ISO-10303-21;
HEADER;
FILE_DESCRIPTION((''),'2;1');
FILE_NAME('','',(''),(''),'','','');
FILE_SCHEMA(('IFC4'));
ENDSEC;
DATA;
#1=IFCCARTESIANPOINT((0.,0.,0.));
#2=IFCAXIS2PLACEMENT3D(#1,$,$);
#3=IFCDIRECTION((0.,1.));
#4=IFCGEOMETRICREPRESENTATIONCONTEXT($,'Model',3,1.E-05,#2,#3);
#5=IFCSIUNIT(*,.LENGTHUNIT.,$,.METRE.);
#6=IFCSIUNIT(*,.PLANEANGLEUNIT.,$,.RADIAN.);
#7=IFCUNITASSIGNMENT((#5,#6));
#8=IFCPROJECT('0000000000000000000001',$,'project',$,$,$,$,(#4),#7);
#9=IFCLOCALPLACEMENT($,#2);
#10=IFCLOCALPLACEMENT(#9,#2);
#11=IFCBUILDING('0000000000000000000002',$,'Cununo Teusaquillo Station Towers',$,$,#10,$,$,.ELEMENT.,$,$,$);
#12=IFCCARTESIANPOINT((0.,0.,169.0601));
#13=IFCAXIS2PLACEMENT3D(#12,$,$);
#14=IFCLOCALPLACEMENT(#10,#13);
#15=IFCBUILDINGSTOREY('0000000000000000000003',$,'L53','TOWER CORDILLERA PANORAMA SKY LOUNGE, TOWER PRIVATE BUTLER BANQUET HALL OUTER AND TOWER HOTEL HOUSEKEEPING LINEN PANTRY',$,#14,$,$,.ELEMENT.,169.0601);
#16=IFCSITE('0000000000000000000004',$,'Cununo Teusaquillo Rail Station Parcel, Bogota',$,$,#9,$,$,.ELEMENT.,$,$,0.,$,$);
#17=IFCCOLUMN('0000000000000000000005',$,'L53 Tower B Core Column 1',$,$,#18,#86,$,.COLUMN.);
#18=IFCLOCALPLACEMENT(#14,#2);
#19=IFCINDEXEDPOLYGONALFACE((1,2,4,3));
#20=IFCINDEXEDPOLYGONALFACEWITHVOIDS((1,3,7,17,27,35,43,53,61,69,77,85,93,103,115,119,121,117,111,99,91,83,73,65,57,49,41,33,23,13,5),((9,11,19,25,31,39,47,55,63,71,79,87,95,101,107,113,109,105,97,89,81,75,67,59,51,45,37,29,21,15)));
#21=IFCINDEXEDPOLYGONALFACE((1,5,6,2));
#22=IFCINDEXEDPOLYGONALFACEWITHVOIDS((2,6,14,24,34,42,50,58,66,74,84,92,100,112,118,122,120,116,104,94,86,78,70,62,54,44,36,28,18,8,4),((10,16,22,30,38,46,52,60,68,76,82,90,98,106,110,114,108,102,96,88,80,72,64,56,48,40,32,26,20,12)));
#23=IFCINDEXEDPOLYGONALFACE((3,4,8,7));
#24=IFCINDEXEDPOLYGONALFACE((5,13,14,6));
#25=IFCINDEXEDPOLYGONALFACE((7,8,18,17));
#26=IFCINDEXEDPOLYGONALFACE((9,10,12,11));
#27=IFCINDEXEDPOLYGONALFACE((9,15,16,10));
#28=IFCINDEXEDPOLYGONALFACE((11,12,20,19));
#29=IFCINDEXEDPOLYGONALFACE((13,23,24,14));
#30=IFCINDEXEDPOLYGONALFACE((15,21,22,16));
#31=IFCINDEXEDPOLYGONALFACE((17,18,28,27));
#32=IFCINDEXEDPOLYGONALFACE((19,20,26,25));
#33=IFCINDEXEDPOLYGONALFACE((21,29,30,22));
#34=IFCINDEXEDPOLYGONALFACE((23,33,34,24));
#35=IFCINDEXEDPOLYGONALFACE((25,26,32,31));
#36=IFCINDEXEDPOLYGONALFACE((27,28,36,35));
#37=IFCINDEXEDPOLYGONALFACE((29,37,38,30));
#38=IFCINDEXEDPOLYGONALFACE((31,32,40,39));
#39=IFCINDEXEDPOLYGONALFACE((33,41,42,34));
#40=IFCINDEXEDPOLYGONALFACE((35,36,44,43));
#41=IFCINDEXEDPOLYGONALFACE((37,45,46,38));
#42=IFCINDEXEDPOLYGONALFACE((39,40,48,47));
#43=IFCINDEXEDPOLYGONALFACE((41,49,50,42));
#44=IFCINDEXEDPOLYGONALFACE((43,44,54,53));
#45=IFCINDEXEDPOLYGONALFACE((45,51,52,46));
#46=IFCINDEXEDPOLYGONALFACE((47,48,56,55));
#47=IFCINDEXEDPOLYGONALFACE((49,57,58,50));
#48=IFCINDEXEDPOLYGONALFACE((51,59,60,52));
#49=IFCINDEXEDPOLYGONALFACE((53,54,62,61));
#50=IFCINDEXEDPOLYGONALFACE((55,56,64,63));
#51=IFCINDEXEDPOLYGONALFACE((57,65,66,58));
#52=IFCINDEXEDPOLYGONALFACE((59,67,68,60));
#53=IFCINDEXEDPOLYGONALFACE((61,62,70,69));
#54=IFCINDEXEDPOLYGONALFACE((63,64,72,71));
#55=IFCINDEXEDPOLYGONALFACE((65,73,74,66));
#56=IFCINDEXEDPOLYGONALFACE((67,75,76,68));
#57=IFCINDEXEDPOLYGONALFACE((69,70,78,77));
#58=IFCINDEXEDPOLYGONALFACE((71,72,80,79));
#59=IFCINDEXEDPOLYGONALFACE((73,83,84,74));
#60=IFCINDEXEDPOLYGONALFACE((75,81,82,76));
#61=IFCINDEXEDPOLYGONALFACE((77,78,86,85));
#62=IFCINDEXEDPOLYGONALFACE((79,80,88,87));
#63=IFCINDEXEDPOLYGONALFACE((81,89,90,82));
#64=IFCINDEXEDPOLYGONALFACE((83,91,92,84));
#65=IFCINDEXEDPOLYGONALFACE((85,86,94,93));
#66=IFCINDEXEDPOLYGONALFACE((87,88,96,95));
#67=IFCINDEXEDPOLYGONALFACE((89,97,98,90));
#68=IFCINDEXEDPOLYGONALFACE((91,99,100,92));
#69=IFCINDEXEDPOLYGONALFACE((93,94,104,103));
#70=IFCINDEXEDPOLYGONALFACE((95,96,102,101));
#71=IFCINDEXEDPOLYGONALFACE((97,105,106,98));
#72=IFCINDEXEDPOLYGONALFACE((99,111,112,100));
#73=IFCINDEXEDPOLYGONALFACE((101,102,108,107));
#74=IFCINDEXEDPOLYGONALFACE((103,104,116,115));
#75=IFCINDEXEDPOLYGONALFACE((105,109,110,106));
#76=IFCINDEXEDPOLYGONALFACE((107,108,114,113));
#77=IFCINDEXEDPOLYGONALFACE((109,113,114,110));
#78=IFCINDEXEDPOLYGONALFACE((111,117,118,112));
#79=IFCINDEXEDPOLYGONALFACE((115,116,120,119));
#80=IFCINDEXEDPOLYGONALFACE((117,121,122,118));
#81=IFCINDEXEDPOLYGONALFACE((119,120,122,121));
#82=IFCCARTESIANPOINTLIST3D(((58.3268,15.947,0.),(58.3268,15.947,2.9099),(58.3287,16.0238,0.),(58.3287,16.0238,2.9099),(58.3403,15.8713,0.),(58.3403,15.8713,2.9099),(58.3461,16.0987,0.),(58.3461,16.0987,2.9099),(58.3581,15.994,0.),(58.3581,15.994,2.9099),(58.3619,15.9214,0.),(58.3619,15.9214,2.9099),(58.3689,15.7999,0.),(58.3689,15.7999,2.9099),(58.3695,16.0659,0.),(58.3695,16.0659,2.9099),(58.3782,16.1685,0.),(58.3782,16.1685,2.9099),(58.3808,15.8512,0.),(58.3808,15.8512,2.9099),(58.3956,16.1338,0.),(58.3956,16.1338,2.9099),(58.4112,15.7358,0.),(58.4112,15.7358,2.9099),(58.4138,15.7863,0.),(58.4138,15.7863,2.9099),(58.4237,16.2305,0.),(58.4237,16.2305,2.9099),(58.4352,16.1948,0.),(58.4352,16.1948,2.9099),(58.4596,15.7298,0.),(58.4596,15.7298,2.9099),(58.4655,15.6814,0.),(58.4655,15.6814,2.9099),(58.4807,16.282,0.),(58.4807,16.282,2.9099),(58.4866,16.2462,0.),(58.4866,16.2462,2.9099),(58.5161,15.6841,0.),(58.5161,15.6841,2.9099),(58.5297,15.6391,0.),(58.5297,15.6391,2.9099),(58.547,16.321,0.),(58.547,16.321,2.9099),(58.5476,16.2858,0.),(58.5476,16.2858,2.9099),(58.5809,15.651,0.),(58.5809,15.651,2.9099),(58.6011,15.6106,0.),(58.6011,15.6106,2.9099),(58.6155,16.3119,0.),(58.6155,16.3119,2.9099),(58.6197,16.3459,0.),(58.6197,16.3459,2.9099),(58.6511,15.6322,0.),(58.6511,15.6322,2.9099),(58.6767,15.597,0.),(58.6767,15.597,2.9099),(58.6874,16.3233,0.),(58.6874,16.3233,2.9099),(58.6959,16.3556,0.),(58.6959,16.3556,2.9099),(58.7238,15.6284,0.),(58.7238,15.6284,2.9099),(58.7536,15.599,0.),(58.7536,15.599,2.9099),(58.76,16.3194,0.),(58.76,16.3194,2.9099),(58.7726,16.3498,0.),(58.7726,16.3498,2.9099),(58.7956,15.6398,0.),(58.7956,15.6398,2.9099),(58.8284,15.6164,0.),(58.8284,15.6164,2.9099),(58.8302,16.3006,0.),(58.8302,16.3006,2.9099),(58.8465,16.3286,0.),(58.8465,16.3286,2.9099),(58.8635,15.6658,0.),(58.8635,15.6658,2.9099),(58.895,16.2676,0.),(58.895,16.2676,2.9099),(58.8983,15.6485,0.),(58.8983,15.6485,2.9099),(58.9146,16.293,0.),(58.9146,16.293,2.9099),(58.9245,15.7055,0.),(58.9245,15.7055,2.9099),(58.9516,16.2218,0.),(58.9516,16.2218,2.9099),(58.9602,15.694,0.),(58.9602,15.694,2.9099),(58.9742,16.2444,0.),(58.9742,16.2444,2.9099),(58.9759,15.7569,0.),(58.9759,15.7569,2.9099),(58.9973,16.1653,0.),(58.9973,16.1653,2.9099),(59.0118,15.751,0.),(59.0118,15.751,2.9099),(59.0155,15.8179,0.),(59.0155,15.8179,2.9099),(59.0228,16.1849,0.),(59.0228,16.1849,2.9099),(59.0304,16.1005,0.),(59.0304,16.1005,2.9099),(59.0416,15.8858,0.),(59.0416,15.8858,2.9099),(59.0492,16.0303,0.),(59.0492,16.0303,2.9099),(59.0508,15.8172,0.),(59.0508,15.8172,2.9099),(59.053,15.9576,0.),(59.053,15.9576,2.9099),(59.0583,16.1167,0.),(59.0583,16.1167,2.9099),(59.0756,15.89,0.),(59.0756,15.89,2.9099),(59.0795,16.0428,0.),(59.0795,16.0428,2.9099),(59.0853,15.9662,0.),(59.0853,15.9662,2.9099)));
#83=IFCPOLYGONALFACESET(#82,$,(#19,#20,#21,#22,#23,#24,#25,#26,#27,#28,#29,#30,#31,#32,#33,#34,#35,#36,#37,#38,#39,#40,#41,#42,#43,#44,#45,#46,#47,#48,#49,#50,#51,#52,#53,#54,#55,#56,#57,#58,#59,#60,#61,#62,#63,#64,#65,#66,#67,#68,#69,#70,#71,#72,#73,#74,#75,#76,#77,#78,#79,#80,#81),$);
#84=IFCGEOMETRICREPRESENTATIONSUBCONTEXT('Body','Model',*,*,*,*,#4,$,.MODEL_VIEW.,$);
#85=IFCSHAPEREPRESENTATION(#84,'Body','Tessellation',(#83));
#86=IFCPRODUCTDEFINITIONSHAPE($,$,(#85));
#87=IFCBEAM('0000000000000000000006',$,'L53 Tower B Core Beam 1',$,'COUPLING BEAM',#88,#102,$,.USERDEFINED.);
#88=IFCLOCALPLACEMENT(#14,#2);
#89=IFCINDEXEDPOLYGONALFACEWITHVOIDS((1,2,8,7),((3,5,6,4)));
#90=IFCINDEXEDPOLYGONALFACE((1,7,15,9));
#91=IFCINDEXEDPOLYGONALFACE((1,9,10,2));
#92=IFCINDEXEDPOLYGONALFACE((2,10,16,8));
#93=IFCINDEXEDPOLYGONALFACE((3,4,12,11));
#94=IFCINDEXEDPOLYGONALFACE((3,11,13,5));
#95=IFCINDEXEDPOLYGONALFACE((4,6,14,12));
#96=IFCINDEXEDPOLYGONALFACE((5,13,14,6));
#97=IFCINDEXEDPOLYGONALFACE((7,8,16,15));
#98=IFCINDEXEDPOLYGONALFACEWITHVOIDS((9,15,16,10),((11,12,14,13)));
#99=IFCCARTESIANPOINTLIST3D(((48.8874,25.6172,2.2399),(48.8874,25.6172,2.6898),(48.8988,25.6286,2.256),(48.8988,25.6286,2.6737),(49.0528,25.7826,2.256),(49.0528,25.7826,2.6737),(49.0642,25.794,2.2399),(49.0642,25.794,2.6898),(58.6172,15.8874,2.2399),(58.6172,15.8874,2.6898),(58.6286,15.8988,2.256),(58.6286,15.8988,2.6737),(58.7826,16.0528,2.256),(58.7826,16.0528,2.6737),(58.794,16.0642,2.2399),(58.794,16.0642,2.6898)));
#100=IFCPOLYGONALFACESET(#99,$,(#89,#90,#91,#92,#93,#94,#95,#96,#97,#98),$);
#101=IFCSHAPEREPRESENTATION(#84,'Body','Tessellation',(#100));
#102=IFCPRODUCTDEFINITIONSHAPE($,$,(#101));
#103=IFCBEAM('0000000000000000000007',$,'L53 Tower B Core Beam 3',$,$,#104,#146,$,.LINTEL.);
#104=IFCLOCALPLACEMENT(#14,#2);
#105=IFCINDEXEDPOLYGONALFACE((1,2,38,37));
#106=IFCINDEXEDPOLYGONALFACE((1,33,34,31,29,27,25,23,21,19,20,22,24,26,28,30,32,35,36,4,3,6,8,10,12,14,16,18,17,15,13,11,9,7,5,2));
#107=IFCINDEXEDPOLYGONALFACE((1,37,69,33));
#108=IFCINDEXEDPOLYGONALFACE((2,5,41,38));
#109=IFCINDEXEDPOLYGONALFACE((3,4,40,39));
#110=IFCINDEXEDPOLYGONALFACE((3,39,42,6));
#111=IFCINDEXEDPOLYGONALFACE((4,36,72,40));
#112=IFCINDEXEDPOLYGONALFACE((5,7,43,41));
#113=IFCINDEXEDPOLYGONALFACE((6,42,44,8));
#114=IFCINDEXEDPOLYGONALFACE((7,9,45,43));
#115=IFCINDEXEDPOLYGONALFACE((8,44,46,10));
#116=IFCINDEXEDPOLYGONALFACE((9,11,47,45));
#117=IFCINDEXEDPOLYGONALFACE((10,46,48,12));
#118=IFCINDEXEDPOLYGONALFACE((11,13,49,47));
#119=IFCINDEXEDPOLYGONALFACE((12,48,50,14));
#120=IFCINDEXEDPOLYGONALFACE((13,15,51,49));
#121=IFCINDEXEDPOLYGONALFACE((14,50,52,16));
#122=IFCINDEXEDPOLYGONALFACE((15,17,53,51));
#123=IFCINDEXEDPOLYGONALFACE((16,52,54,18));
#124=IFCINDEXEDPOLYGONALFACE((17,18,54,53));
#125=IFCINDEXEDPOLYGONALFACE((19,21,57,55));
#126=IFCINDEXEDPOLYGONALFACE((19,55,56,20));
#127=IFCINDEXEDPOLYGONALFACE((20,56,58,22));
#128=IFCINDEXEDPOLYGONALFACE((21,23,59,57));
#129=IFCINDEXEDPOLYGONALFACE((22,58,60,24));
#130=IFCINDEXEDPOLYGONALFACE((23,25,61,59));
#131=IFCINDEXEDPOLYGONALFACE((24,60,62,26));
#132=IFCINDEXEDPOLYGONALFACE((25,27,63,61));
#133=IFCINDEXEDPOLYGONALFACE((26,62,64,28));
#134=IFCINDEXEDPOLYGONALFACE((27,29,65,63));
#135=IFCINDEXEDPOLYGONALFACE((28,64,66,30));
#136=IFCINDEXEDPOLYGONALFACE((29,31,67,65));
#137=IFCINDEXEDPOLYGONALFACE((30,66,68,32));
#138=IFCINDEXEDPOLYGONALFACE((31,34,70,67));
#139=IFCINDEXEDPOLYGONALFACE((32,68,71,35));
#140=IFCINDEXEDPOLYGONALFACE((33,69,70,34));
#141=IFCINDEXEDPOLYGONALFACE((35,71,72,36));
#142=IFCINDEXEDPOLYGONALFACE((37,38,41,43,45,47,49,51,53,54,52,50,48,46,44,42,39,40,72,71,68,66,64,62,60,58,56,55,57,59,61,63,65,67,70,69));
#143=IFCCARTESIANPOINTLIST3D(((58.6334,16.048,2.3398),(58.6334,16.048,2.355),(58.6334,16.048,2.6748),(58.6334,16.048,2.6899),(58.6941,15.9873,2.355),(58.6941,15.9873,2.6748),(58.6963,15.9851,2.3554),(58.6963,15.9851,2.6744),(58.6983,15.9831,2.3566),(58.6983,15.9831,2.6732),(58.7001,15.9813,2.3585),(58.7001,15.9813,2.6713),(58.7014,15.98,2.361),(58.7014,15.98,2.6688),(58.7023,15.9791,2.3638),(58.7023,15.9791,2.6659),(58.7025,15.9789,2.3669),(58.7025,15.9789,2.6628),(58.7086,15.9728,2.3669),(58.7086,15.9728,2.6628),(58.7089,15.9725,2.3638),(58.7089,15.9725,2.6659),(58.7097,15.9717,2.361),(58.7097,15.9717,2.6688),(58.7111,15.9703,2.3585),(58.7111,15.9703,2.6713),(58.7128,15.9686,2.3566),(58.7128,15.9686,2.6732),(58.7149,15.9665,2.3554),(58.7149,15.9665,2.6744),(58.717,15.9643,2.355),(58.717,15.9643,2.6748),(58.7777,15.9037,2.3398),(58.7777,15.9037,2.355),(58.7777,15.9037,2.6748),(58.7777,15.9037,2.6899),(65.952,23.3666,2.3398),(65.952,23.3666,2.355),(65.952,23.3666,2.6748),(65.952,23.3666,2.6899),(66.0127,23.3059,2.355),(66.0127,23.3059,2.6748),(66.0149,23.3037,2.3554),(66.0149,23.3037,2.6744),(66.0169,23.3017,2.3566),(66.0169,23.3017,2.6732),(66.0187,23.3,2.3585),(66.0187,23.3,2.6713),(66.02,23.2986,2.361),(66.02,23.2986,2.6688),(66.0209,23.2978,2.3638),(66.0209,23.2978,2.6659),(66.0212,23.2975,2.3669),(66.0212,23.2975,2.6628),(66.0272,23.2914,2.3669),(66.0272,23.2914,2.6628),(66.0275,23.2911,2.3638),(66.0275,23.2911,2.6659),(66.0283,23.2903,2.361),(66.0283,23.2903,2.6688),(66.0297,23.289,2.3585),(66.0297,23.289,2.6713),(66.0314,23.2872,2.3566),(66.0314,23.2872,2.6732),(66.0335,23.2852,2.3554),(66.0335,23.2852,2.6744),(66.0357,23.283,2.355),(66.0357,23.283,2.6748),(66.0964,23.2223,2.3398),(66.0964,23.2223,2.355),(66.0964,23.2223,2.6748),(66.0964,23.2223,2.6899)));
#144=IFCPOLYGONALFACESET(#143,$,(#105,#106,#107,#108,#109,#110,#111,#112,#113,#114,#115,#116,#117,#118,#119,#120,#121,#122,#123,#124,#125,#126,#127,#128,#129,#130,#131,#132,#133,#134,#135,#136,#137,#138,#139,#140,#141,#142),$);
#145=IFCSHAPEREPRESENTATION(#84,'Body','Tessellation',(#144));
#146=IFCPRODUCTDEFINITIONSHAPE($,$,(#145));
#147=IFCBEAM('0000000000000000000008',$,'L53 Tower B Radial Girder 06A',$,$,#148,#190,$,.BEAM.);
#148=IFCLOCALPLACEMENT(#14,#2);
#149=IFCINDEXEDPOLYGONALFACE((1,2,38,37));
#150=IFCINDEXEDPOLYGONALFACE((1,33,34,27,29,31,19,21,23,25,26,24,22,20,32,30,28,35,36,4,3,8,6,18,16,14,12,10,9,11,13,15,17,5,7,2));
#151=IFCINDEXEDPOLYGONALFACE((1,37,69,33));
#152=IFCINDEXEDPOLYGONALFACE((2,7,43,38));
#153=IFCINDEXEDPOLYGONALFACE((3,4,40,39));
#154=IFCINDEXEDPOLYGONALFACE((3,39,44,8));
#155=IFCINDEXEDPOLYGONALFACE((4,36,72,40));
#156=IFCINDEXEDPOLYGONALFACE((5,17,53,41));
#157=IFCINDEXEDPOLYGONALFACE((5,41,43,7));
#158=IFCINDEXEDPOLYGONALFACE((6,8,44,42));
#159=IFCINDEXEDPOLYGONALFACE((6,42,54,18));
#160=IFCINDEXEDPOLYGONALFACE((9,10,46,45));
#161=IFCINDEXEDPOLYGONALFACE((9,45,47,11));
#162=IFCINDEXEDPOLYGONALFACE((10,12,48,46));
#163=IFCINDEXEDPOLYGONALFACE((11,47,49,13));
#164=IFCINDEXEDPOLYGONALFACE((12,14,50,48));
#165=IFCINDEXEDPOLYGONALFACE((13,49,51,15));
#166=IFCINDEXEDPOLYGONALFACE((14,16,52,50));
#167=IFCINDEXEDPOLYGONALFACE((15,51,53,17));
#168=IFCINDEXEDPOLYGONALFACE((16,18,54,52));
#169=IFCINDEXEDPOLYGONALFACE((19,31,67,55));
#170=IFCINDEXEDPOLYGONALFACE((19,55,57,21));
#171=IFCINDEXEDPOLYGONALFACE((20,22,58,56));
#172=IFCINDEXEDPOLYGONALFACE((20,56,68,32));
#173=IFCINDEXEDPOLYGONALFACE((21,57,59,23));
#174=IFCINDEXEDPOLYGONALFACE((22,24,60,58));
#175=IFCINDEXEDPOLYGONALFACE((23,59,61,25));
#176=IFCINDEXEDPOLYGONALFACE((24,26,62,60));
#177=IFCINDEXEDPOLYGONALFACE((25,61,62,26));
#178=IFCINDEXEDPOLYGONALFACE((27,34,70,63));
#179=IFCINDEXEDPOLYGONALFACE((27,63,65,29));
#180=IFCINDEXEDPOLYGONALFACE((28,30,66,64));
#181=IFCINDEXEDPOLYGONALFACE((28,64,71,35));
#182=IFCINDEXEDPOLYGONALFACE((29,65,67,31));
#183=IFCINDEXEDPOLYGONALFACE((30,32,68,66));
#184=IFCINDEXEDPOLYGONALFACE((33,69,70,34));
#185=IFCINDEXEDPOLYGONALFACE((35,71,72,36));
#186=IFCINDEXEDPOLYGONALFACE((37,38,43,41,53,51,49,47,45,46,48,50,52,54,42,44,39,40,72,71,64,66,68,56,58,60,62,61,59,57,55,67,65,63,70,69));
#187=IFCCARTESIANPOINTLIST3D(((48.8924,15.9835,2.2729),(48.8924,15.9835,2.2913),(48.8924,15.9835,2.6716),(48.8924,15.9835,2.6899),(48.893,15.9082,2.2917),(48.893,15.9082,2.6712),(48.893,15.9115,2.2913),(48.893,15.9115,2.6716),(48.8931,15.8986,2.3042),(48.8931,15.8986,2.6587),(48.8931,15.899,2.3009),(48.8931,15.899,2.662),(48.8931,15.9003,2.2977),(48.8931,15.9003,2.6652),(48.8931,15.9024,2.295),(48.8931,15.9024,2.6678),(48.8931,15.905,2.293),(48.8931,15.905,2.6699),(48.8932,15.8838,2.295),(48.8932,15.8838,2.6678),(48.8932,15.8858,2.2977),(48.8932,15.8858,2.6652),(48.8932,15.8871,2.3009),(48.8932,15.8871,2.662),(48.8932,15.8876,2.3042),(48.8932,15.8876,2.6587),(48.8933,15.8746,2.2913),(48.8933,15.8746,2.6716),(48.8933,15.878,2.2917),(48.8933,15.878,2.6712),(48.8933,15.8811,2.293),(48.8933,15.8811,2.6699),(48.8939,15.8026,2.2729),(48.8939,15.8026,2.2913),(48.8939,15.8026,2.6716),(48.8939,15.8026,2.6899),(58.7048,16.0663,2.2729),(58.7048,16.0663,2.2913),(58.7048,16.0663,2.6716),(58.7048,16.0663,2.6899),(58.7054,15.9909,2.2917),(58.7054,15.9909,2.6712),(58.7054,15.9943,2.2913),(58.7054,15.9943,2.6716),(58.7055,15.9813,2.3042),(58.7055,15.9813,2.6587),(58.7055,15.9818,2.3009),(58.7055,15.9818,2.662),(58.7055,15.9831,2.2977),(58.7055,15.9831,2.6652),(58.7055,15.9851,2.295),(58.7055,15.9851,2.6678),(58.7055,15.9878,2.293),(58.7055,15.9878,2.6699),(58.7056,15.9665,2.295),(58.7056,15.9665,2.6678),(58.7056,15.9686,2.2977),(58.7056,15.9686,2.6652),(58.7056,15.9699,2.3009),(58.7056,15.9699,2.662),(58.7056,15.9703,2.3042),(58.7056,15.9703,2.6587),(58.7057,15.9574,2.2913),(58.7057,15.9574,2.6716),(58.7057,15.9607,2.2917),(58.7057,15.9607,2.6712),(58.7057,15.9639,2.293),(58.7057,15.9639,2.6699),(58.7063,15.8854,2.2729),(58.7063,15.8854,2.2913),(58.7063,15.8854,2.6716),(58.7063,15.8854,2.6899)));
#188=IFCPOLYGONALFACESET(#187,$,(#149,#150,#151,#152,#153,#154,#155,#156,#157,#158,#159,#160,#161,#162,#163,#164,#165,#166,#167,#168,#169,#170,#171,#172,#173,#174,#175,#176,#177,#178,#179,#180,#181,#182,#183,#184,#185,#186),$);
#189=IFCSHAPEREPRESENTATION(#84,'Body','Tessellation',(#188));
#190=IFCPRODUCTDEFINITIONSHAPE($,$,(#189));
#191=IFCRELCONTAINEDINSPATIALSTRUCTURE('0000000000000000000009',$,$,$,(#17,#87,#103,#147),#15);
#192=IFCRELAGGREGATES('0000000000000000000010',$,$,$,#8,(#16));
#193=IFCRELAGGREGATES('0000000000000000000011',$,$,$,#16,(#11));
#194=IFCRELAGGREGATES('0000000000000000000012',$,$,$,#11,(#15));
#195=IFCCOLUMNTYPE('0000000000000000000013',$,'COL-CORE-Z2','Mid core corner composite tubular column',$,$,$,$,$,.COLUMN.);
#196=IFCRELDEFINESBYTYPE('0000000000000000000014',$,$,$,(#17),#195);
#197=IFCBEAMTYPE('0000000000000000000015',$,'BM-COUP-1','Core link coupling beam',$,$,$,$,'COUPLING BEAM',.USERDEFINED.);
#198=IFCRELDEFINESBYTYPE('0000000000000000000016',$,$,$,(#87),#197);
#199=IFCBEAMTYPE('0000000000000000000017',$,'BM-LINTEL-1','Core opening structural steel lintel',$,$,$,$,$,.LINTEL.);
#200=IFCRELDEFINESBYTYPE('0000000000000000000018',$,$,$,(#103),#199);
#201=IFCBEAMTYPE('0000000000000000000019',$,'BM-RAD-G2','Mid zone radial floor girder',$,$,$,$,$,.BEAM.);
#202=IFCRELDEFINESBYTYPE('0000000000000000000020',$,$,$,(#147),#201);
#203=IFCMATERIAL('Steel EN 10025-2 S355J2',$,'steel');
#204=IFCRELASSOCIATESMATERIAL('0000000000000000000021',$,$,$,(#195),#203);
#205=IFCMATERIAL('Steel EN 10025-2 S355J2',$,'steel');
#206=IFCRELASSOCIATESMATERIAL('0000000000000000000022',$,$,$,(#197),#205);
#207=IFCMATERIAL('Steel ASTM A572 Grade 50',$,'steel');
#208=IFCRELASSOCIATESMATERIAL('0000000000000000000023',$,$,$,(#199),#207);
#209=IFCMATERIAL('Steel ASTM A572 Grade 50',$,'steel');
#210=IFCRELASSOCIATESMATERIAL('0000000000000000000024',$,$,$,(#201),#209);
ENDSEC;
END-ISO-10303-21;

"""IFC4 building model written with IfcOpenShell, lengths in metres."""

from ifc_helpers import new_model, si_unit, direction, frame, origin, origin_2d, place, context, subcontext, project, spatial, hollow_rectangle, hollow_circle, i_section, extrude, material, material_profile, profile_set, type_object, element, save


model = new_model("IFC4")

# Units and contexts
model_context = context("Model", 3, precision=1e-05, world=origin(), true_north=direction((0.0, 1.0)))
body_context = subcontext(model_context, "Body", "Model", "MODEL_VIEW")
ifc_project = project(units=[si_unit("LENGTHUNIT", "METRE"), si_unit("PLANEANGLEUNIT", "RADIAN")], contexts=[model_context])

# Site, building, storey
site_placement = place(None, origin())
site = spatial("IfcSite", under=ifc_project, at=site_placement, Name="Cununo Teusaquillo Rail Station Parcel, Bogota", CompositionType="ELEMENT", RefElevation=0.0)
building_placement = place(site_placement, origin())
building = spatial("IfcBuilding", under=site, at=building_placement, Name="Cununo Teusaquillo Station Towers", CompositionType="ELEMENT")
storey_placement = place(building_placement, frame((0.0, 0.0, 169.0601)))
storey = spatial("IfcBuildingStorey", under=building, at=storey_placement, Name="L53", Description="TOWER CORDILLERA PANORAMA SKY LOUNGE, TOWER PRIVATE BUTLER BANQUET HALL OUTER AND TOWER HOTEL HOUSEKEEPING LINEN PANTRY", CompositionType="ELEMENT", Elevation=169.0601)

# Column
ifc_material_1 = material(Name="Steel EN 10025-2 S355J2", Category="steel")
ifc_material_profile_1 = material_profile(ifc_material_1, hollow_circle(Radius=0.3799, WallThickness=0.032, at=origin_2d()), Name="CHS 760x32")
ifc_profile_set_1 = profile_set([ifc_material_profile_1], Name="Steel EN 10025-2 S355J2")
column_type = type_object("IfcColumnType", Name="COL-CORE-Z2", Description="Mid core corner composite tubular column", PredefinedType="COLUMN", material=ifc_profile_set_1)
column_placement = place(storey_placement, frame((58.7056, 15.9758, 0.0), z_axis=(0.0, 0.0, 1.0), x_axis=(0.707107, 0.707107, 0.0)))
element("IfcColumn", 1, at=column_placement, inside=storey, type_object=column_type, Name="L53 Tower B Core Column 1", PredefinedType="COLUMN", context=body_context, shape_type="SweptSolid", body=[
    extrude(hollow_circle(Radius=0.3799, WallThickness=0.032, at=origin_2d()), origin(), (0.0, 0.0, 1.0), 2.9099),
])

# Beams
ifc_material_2 = material(Name="Steel EN 10025-2 S355J2", Category="steel")
ifc_material_profile_2 = material_profile(ifc_material_2, hollow_rectangle(XDim=0.25, YDim=0.45, WallThickness=0.0161, at=origin_2d()), Name="RHS 450x250x16")
ifc_profile_set_2 = profile_set([ifc_material_profile_2], Name="Steel EN 10025-2 S355J2")
beam_type_1 = type_object("IfcBeamType", Name="BM-COUP-1", Description="Core link coupling beam", ElementType="COUPLING BEAM", PredefinedType="USERDEFINED", material=ifc_profile_set_2)
beam_1_placement = place(storey_placement, frame((58.7056, 15.9758, 2.4648), z_axis=(-0.707107, 0.707107, 0.0), x_axis=(-0.707107, -0.707107, 0.0)))
element("IfcBeam", 2, at=beam_1_placement, inside=storey, type_object=beam_type_1, Name="L53 Tower B Core Beam 1", ObjectType="COUPLING BEAM", PredefinedType="USERDEFINED", context=body_context, shape_type="SweptSolid", body=[
    extrude(hollow_rectangle(XDim=0.25, YDim=0.45, WallThickness=0.0161, at=origin_2d()), origin(), (0.0, 0.0, 1.0), 13.76),
])
ifc_material_3 = material(Name="Steel ASTM A572 Grade 50", Category="steel")
ifc_material_profile_3 = material_profile(ifc_material_3, i_section(OverallWidth=0.2041, OverallDepth=0.3501, WebThickness=0.0085, FlangeThickness=0.0151, FilletRadius=0.012, at=origin_2d()), Name="W14X48")
ifc_profile_set_3 = profile_set([ifc_material_profile_3], Name="Steel ASTM A572 Grade 50")
beam_type_2 = type_object("IfcBeamType", Name="BM-LINTEL-1", Description="Core opening structural steel lintel", PredefinedType="LINTEL", material=ifc_profile_set_3)
beam_2_placement = place(storey_placement, frame((58.7056, 15.9758, 2.5149), z_axis=(0.707107, 0.707107, 0.0), x_axis=(-0.707107, 0.707107, 0.0)))
element("IfcBeam", 3, at=beam_2_placement, inside=storey, type_object=beam_type_2, Name="L53 Tower B Core Beam 3", PredefinedType="LINTEL", context=body_context, shape_type="SweptSolid", body=[
    extrude(i_section(OverallWidth=0.2041, OverallDepth=0.3501, WebThickness=0.0085, FlangeThickness=0.0151, FilletRadius=0.012, at=origin_2d()), origin(), (0.0, 0.0, 1.0), 10.3501),
])
ifc_material_4 = material(Name="Steel ASTM A572 Grade 50", Category="steel")
ifc_material_profile_4 = material_profile(ifc_material_4, i_section(OverallWidth=0.1809, OverallDepth=0.417, WebThickness=0.011, FlangeThickness=0.0183, FilletRadius=0.0129, at=origin_2d()), Name="W16X57")
ifc_profile_set_4 = profile_set([ifc_material_profile_4], Name="Steel ASTM A572 Grade 50")
beam_type_3 = type_object("IfcBeamType", Name="BM-RAD-G2", Description="Mid zone radial floor girder", PredefinedType="BEAM", material=ifc_profile_set_4)
beam_3_placement = place(storey_placement, frame((58.7056, 15.9758, 2.4814), z_axis=(-0.999964, -0.008434, 0.0), x_axis=(0.008434, -0.999964, 0.0)))
element("IfcBeam", 4, at=beam_3_placement, inside=storey, type_object=beam_type_3, Name="L53 Tower B Radial Girder 06A", PredefinedType="BEAM", context=body_context, shape_type="SweptSolid", body=[
    extrude(i_section(OverallWidth=0.1809, OverallDepth=0.417, WebThickness=0.011, FlangeThickness=0.0183, FilletRadius=0.0129, at=origin_2d()), origin(), (0.0, 0.0, 1.0), 9.8127),
])

save(model, "model.ifc")
